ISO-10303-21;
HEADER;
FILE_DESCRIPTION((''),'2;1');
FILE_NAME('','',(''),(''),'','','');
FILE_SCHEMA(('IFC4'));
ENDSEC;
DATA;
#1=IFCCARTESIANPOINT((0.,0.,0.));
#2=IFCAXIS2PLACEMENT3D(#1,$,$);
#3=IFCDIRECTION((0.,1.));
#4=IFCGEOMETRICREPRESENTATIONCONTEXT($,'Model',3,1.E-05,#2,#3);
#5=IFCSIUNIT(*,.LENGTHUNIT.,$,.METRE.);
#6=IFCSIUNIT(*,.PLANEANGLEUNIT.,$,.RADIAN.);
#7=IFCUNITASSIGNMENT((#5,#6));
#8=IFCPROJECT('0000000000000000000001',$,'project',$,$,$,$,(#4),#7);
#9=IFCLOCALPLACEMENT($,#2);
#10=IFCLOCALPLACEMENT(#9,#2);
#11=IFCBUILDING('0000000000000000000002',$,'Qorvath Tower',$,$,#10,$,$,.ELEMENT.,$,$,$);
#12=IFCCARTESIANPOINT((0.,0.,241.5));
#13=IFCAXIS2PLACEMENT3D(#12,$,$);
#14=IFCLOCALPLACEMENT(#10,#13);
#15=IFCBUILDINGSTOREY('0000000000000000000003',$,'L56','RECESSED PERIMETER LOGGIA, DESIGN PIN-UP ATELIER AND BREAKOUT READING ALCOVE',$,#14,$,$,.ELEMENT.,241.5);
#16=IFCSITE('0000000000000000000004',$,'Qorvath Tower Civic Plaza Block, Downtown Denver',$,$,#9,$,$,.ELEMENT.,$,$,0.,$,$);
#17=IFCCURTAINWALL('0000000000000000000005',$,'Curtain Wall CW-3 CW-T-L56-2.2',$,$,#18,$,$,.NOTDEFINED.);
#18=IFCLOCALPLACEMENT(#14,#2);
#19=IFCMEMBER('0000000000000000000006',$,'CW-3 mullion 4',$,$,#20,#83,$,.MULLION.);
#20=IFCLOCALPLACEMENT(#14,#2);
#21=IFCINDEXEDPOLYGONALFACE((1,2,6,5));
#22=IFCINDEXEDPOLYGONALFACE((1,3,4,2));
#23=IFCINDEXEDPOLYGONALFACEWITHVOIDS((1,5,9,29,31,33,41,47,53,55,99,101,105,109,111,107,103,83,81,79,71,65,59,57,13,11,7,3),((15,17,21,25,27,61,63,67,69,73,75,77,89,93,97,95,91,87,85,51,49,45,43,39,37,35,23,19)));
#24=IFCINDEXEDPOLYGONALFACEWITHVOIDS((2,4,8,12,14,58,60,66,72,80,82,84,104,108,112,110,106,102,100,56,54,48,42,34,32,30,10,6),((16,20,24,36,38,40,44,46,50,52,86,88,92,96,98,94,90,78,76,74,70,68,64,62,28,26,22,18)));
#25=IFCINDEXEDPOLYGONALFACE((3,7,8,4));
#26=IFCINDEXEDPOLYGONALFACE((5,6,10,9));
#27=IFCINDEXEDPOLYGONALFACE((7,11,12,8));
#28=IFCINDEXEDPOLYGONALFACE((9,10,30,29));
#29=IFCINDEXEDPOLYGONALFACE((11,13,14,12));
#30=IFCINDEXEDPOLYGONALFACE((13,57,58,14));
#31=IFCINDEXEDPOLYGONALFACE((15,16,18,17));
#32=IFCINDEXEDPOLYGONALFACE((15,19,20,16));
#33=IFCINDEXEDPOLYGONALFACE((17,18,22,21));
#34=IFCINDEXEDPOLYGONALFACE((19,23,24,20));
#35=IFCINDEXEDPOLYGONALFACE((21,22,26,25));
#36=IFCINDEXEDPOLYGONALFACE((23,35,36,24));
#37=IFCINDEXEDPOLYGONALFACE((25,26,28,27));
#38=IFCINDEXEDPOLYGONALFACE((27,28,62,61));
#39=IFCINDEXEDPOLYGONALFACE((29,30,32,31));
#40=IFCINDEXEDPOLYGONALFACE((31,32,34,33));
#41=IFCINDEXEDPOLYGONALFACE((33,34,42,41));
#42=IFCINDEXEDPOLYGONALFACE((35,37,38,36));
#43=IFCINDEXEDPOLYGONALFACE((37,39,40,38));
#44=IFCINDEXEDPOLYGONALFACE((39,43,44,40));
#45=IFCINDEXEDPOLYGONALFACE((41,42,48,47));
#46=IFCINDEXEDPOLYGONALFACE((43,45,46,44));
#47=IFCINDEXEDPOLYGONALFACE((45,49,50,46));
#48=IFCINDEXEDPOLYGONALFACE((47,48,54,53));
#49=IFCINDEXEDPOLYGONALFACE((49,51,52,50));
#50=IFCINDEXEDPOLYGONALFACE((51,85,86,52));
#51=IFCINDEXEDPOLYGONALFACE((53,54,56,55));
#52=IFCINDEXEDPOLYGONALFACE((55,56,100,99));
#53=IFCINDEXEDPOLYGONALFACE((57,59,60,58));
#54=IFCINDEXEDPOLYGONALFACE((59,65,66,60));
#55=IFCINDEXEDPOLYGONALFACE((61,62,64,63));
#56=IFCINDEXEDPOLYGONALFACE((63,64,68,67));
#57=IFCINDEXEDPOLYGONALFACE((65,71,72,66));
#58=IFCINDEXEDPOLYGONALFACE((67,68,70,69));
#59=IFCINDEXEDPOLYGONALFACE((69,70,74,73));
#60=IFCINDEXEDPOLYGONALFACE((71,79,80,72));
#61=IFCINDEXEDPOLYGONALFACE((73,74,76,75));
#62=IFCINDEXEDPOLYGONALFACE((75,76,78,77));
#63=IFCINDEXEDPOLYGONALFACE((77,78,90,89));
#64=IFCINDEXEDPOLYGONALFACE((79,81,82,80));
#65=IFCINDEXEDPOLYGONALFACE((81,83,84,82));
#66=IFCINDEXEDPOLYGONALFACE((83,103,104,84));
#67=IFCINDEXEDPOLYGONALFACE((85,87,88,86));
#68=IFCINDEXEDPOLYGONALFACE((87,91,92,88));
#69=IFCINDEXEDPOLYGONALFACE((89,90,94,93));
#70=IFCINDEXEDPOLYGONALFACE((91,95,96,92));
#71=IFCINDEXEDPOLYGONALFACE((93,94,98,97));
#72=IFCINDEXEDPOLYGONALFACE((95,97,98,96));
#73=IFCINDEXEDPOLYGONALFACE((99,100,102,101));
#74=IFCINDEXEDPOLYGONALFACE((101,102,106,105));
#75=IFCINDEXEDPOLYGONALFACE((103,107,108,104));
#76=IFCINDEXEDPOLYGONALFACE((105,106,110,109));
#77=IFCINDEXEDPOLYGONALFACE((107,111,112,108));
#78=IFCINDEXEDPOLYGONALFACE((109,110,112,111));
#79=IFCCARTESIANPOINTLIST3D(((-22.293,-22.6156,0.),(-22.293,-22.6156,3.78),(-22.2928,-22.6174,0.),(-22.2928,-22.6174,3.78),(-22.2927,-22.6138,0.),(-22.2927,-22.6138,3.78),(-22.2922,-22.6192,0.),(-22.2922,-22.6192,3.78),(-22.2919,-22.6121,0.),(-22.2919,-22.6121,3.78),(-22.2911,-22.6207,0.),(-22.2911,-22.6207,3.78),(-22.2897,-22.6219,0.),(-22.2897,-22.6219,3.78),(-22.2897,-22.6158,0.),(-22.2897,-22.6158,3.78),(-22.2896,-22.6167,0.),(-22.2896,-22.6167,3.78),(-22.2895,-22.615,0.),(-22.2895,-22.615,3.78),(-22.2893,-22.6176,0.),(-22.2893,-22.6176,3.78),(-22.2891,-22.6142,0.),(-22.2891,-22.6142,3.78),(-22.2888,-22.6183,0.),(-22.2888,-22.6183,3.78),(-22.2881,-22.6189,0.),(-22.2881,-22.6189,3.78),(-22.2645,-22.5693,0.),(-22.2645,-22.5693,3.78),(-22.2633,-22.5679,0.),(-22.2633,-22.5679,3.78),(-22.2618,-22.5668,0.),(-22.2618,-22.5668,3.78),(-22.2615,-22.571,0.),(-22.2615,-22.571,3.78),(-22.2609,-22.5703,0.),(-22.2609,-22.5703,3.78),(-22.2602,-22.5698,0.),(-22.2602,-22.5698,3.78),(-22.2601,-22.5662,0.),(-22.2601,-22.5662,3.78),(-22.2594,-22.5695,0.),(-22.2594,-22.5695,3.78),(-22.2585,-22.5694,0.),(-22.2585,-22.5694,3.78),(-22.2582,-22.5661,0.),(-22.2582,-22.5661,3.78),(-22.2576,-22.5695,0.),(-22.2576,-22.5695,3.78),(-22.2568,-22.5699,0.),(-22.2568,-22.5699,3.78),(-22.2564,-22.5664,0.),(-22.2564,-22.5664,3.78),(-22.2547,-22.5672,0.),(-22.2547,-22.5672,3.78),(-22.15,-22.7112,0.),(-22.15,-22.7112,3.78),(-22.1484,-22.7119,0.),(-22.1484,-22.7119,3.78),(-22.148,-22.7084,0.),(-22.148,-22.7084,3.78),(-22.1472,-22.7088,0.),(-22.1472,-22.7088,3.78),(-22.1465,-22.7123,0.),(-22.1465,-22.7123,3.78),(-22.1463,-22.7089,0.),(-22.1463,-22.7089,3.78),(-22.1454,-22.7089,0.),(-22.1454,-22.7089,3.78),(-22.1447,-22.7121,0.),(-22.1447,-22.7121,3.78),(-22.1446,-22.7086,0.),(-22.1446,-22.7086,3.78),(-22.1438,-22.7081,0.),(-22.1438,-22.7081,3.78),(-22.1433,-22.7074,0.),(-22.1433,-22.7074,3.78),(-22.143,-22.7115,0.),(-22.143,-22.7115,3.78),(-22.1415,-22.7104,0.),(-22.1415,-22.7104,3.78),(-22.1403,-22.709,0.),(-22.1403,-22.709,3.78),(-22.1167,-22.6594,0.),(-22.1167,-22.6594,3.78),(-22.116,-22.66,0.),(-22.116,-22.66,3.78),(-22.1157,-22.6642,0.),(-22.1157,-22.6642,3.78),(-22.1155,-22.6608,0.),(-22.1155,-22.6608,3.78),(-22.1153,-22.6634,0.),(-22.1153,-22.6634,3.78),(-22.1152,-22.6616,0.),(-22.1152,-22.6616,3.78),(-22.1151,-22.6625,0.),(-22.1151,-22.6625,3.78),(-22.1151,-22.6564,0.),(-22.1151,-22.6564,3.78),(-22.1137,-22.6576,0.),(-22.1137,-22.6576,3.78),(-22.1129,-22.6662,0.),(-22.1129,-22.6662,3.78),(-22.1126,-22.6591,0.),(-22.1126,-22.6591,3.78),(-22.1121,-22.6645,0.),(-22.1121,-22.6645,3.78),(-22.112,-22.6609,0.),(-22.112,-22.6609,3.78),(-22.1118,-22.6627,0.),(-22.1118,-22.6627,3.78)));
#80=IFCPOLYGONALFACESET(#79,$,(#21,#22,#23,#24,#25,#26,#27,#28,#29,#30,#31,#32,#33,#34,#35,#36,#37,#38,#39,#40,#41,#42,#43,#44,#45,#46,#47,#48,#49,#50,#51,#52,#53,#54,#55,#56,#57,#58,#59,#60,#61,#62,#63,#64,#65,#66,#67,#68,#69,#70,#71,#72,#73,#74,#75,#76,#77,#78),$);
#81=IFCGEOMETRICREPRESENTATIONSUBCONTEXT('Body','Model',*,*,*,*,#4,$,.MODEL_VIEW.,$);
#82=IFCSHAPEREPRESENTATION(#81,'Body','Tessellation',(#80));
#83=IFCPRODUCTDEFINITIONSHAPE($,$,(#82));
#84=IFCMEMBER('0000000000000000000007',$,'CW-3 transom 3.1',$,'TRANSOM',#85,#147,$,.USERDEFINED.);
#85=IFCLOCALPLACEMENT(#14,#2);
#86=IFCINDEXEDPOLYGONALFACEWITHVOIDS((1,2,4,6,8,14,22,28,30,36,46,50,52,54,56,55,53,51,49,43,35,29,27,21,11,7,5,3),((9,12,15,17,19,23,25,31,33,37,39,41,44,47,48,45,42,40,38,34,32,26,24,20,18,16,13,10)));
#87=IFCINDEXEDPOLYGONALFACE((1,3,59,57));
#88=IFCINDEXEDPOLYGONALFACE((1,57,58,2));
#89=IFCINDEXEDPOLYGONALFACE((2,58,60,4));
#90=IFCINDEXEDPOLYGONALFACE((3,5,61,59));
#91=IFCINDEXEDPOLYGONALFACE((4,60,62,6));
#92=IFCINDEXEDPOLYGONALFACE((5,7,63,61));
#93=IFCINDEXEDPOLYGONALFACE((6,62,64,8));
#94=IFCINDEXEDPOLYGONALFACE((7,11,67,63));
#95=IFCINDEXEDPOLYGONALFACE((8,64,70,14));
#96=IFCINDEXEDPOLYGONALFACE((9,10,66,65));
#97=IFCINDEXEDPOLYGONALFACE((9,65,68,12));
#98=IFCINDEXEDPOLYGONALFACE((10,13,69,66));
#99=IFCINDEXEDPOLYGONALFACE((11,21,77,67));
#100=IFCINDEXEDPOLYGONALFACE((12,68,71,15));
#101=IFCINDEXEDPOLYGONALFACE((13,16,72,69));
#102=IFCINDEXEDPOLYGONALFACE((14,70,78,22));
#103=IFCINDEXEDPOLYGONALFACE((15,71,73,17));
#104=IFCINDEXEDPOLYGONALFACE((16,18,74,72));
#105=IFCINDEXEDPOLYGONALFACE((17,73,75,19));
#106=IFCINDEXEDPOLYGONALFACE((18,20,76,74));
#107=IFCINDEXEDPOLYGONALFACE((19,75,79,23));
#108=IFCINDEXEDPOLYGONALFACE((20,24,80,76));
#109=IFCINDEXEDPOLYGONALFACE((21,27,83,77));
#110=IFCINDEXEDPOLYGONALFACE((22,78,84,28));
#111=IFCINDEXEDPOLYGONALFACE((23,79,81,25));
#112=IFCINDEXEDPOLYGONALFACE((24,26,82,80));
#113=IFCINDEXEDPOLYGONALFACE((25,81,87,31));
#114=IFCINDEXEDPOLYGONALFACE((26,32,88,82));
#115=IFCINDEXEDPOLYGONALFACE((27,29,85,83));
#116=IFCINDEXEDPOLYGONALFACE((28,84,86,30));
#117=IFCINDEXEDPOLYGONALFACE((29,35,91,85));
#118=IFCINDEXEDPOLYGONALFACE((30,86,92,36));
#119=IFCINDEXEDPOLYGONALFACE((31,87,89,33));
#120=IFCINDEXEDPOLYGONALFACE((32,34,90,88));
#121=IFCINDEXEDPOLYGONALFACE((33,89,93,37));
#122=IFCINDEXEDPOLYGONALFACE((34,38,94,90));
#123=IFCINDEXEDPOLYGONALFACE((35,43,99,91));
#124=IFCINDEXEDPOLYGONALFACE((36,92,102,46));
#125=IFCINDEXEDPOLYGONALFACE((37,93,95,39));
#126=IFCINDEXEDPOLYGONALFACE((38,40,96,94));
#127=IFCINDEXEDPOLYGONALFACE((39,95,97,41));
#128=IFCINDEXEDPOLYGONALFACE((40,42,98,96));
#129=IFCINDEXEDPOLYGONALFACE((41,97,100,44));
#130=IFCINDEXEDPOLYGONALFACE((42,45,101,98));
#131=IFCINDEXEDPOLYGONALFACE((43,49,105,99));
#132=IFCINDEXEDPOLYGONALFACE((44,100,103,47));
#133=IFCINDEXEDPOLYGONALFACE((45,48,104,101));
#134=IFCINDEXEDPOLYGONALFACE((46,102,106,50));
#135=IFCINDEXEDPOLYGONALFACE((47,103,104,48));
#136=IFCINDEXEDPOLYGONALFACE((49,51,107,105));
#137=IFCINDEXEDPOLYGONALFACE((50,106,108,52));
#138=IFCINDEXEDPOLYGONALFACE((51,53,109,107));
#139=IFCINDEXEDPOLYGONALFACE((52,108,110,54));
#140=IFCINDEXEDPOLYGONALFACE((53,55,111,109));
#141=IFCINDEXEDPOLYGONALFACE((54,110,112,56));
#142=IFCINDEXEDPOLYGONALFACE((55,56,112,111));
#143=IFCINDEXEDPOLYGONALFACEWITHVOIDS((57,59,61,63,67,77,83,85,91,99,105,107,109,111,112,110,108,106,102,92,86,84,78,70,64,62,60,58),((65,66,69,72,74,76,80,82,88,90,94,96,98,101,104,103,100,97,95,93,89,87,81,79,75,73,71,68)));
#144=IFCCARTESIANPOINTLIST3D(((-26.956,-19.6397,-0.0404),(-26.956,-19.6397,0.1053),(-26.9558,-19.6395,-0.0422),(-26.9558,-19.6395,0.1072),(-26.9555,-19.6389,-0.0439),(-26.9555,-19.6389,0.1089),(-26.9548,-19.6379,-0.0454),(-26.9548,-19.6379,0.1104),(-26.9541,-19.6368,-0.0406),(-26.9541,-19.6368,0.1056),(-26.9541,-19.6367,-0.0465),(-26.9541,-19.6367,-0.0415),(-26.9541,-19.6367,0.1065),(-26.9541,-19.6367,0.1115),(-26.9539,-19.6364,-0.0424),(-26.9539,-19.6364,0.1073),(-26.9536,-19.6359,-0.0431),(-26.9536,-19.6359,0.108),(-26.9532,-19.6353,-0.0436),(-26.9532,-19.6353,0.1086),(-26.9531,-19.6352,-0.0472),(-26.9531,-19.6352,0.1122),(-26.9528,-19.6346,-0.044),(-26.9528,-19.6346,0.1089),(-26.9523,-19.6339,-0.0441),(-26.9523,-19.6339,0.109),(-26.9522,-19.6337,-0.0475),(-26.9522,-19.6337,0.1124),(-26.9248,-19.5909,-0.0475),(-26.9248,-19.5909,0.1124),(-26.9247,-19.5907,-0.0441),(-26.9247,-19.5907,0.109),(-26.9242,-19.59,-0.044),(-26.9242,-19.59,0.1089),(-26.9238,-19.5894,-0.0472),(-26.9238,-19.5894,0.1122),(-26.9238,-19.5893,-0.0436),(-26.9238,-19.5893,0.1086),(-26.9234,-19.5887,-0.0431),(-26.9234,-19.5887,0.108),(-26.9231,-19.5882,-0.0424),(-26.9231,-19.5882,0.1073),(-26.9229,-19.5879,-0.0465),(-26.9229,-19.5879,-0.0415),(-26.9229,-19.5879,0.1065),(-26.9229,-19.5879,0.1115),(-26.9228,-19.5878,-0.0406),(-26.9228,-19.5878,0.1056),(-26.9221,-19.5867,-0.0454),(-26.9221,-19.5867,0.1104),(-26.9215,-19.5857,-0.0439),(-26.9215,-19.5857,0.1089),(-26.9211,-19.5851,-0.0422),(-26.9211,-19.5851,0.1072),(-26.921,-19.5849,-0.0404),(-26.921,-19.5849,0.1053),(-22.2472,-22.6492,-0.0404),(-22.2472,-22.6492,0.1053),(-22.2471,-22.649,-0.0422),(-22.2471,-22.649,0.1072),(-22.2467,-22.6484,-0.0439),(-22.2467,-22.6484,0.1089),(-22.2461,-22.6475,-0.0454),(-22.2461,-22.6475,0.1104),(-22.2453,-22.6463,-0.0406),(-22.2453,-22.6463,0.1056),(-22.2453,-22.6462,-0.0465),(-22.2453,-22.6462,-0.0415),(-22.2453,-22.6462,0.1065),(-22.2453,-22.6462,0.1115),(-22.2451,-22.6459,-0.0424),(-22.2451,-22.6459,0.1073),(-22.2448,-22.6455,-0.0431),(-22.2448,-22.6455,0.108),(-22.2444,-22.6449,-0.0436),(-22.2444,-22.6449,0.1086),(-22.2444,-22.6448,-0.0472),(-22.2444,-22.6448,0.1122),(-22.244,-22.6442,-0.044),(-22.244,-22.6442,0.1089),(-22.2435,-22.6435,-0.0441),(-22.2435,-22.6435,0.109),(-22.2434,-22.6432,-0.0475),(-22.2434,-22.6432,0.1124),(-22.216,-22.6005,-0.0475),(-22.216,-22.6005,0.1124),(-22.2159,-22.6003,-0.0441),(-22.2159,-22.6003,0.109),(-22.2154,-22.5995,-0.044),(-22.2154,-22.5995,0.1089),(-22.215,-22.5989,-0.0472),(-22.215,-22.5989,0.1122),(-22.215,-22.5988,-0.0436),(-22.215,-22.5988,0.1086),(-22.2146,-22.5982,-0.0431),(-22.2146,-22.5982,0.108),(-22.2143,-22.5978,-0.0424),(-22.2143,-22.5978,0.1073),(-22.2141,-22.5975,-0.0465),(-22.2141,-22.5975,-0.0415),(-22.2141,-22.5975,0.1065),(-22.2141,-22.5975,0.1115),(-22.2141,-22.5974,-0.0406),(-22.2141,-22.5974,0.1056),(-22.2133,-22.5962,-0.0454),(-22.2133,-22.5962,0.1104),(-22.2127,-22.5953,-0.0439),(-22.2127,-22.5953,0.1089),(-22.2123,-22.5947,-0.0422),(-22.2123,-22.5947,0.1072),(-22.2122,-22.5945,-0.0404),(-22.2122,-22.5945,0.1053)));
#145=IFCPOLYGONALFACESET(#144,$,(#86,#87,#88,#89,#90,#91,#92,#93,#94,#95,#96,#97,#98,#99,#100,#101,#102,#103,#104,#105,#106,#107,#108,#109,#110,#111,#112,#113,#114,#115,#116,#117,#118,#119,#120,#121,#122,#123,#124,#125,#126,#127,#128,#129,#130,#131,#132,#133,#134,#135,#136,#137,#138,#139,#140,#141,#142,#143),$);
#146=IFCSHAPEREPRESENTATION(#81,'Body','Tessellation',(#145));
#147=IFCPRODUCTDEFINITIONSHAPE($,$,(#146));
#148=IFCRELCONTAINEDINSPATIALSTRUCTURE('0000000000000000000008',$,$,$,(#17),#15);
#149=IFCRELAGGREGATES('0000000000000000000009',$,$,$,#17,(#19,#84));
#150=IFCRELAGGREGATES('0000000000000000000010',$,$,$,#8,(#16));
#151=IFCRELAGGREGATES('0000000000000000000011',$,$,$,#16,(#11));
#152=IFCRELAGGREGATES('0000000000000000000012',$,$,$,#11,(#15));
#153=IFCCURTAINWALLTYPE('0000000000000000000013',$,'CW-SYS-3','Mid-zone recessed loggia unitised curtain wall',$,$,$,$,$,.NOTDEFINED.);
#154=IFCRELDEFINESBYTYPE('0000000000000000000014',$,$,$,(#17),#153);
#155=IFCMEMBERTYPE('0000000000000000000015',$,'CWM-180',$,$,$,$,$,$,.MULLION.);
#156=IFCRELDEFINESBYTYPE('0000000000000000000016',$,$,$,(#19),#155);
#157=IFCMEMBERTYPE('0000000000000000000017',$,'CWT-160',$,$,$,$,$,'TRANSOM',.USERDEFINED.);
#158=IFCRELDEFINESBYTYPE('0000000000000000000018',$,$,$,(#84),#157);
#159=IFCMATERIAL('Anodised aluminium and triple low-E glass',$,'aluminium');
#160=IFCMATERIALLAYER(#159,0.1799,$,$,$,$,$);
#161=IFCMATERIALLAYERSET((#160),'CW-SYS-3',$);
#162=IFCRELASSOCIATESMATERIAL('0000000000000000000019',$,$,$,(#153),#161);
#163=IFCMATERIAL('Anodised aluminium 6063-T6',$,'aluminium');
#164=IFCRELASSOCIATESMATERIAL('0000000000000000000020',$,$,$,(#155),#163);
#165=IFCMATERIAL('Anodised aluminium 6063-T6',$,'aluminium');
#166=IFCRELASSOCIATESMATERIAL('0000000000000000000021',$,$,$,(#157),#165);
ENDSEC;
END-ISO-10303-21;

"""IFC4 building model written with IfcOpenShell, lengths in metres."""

from ifc_helpers import new_model, si_unit, direction, frame, origin, origin_2d, place, context, subcontext, project, spatial, hollow_rectangle, extrude, material, layer, layer_set, material_profile, profile_set, type_object, element, aggregate, save


model = new_model("IFC4")

# Units and contexts
model_context = context("Model", 3, precision=1e-05, world=origin(), true_north=direction((0.0, 1.0)))
body_context = subcontext(model_context, "Body", "Model", "MODEL_VIEW")
ifc_project = project(units=[si_unit("LENGTHUNIT", "METRE"), si_unit("PLANEANGLEUNIT", "RADIAN")], contexts=[model_context])

# Site, building, storey
site_placement = place(None, origin())
site = spatial("IfcSite", under=ifc_project, at=site_placement, Name="Qorvath Tower Civic Plaza Block, Downtown Denver", CompositionType="ELEMENT", RefElevation=0.0)
building_placement = place(site_placement, origin())
building = spatial("IfcBuilding", under=site, at=building_placement, Name="Qorvath Tower", CompositionType="ELEMENT")
storey_placement = place(building_placement, frame((0.0, 0.0, 241.5)))
storey = spatial("IfcBuildingStorey", under=building, at=storey_placement, Name="L56", Description="RECESSED PERIMETER LOGGIA, DESIGN PIN-UP ATELIER AND BREAKOUT READING ALCOVE", CompositionType="ELEMENT", Elevation=241.5)

# Curtain wall, members
ifc_material_1 = material(Name="Anodised aluminium and triple low-E glass", Category="aluminium")
ifc_layer_1 = layer(ifc_material_1, 0.1799)
ifc_layer_set_1 = layer_set([ifc_layer_1], Name="CW-SYS-3")
curtain_wall_type = type_object("IfcCurtainWallType", Name="CW-SYS-3", Description="Mid-zone recessed loggia unitised curtain wall", PredefinedType="NOTDEFINED", material=ifc_layer_set_1)
curtain_wall_placement = place(storey_placement, origin())
curtain_wall = element("IfcCurtainWall", 1, at=curtain_wall_placement, inside=storey, type_object=curtain_wall_type, Name="Curtain Wall CW-3 CW-T-L56-2.2", PredefinedType="NOTDEFINED")
ifc_material_2 = material(Name="Anodised aluminium 6063-T6", Category="aluminium")
ifc_material_profile_1 = material_profile(ifc_material_2, hollow_rectangle(XDim=0.0649, YDim=0.1799, WallThickness=0.0034, InnerFilletRadius=0.0034, OuterFilletRadius=0.0071, at=origin_2d()), Name="CWM 180x65")
ifc_profile_set_1 = profile_set([ifc_material_profile_1], Name="Anodised aluminium 6063-T6")
member_type_1 = type_object("IfcMemberType", Name="CWM-180", PredefinedType="MULLION", material=ifc_profile_set_1)
member_1_placement = place(storey_placement, frame((-22.2024, -22.6392, 0.0), z_axis=(0.0, 0.0, 1.0), x_axis=(0.53853, 0.842606, 0.0)))
member_1 = element("IfcMember", 2, at=member_1_placement, type_object=member_type_1, Name="CW-3 mullion 4", PredefinedType="MULLION", context=body_context, shape_type="SweptSolid", body=[
    extrude(hollow_rectangle(XDim=0.0649, YDim=0.1799, WallThickness=0.0034, InnerFilletRadius=0.0034, OuterFilletRadius=0.0071, at=origin_2d()), origin(), (0.0, 0.0, 1.0), 3.78),
])
ifc_material_3 = material(Name="Anodised aluminium 6063-T6", Category="aluminium")
ifc_material_profile_2 = material_profile(ifc_material_3, hollow_rectangle(XDim=0.0649, YDim=0.1599, WallThickness=0.0034, InnerFilletRadius=0.0034, OuterFilletRadius=0.0071, at=origin_2d()), Name="CWT 160x65")
ifc_profile_set_2 = profile_set([ifc_material_profile_2], Name="Anodised aluminium 6063-T6")
member_type_2 = type_object("IfcMemberType", Name="CWT-160", ElementType="TRANSOM", PredefinedType="USERDEFINED", material=ifc_profile_set_2)
member_2_placement = place(storey_placement, frame((-26.9385, -19.6123, 0.0325), z_axis=(0.842602, -0.538537, 0.0), x_axis=(0.538537, 0.842602, 0.0)))
member_2 = element("IfcMember", 3, at=member_2_placement, type_object=member_type_2, Name="CW-3 transom 3.1", ObjectType="TRANSOM", PredefinedType="USERDEFINED", context=body_context, shape_type="SweptSolid", body=[
    extrude(hollow_rectangle(XDim=0.0649, YDim=0.1599, WallThickness=0.0034, InnerFilletRadius=0.0034, OuterFilletRadius=0.0071, at=origin_2d()), origin(), (0.0, 0.0, 1.0), 5.5884),
])
aggregate(curtain_wall, [member_1, member_2])

save(model, "model.ifc")
